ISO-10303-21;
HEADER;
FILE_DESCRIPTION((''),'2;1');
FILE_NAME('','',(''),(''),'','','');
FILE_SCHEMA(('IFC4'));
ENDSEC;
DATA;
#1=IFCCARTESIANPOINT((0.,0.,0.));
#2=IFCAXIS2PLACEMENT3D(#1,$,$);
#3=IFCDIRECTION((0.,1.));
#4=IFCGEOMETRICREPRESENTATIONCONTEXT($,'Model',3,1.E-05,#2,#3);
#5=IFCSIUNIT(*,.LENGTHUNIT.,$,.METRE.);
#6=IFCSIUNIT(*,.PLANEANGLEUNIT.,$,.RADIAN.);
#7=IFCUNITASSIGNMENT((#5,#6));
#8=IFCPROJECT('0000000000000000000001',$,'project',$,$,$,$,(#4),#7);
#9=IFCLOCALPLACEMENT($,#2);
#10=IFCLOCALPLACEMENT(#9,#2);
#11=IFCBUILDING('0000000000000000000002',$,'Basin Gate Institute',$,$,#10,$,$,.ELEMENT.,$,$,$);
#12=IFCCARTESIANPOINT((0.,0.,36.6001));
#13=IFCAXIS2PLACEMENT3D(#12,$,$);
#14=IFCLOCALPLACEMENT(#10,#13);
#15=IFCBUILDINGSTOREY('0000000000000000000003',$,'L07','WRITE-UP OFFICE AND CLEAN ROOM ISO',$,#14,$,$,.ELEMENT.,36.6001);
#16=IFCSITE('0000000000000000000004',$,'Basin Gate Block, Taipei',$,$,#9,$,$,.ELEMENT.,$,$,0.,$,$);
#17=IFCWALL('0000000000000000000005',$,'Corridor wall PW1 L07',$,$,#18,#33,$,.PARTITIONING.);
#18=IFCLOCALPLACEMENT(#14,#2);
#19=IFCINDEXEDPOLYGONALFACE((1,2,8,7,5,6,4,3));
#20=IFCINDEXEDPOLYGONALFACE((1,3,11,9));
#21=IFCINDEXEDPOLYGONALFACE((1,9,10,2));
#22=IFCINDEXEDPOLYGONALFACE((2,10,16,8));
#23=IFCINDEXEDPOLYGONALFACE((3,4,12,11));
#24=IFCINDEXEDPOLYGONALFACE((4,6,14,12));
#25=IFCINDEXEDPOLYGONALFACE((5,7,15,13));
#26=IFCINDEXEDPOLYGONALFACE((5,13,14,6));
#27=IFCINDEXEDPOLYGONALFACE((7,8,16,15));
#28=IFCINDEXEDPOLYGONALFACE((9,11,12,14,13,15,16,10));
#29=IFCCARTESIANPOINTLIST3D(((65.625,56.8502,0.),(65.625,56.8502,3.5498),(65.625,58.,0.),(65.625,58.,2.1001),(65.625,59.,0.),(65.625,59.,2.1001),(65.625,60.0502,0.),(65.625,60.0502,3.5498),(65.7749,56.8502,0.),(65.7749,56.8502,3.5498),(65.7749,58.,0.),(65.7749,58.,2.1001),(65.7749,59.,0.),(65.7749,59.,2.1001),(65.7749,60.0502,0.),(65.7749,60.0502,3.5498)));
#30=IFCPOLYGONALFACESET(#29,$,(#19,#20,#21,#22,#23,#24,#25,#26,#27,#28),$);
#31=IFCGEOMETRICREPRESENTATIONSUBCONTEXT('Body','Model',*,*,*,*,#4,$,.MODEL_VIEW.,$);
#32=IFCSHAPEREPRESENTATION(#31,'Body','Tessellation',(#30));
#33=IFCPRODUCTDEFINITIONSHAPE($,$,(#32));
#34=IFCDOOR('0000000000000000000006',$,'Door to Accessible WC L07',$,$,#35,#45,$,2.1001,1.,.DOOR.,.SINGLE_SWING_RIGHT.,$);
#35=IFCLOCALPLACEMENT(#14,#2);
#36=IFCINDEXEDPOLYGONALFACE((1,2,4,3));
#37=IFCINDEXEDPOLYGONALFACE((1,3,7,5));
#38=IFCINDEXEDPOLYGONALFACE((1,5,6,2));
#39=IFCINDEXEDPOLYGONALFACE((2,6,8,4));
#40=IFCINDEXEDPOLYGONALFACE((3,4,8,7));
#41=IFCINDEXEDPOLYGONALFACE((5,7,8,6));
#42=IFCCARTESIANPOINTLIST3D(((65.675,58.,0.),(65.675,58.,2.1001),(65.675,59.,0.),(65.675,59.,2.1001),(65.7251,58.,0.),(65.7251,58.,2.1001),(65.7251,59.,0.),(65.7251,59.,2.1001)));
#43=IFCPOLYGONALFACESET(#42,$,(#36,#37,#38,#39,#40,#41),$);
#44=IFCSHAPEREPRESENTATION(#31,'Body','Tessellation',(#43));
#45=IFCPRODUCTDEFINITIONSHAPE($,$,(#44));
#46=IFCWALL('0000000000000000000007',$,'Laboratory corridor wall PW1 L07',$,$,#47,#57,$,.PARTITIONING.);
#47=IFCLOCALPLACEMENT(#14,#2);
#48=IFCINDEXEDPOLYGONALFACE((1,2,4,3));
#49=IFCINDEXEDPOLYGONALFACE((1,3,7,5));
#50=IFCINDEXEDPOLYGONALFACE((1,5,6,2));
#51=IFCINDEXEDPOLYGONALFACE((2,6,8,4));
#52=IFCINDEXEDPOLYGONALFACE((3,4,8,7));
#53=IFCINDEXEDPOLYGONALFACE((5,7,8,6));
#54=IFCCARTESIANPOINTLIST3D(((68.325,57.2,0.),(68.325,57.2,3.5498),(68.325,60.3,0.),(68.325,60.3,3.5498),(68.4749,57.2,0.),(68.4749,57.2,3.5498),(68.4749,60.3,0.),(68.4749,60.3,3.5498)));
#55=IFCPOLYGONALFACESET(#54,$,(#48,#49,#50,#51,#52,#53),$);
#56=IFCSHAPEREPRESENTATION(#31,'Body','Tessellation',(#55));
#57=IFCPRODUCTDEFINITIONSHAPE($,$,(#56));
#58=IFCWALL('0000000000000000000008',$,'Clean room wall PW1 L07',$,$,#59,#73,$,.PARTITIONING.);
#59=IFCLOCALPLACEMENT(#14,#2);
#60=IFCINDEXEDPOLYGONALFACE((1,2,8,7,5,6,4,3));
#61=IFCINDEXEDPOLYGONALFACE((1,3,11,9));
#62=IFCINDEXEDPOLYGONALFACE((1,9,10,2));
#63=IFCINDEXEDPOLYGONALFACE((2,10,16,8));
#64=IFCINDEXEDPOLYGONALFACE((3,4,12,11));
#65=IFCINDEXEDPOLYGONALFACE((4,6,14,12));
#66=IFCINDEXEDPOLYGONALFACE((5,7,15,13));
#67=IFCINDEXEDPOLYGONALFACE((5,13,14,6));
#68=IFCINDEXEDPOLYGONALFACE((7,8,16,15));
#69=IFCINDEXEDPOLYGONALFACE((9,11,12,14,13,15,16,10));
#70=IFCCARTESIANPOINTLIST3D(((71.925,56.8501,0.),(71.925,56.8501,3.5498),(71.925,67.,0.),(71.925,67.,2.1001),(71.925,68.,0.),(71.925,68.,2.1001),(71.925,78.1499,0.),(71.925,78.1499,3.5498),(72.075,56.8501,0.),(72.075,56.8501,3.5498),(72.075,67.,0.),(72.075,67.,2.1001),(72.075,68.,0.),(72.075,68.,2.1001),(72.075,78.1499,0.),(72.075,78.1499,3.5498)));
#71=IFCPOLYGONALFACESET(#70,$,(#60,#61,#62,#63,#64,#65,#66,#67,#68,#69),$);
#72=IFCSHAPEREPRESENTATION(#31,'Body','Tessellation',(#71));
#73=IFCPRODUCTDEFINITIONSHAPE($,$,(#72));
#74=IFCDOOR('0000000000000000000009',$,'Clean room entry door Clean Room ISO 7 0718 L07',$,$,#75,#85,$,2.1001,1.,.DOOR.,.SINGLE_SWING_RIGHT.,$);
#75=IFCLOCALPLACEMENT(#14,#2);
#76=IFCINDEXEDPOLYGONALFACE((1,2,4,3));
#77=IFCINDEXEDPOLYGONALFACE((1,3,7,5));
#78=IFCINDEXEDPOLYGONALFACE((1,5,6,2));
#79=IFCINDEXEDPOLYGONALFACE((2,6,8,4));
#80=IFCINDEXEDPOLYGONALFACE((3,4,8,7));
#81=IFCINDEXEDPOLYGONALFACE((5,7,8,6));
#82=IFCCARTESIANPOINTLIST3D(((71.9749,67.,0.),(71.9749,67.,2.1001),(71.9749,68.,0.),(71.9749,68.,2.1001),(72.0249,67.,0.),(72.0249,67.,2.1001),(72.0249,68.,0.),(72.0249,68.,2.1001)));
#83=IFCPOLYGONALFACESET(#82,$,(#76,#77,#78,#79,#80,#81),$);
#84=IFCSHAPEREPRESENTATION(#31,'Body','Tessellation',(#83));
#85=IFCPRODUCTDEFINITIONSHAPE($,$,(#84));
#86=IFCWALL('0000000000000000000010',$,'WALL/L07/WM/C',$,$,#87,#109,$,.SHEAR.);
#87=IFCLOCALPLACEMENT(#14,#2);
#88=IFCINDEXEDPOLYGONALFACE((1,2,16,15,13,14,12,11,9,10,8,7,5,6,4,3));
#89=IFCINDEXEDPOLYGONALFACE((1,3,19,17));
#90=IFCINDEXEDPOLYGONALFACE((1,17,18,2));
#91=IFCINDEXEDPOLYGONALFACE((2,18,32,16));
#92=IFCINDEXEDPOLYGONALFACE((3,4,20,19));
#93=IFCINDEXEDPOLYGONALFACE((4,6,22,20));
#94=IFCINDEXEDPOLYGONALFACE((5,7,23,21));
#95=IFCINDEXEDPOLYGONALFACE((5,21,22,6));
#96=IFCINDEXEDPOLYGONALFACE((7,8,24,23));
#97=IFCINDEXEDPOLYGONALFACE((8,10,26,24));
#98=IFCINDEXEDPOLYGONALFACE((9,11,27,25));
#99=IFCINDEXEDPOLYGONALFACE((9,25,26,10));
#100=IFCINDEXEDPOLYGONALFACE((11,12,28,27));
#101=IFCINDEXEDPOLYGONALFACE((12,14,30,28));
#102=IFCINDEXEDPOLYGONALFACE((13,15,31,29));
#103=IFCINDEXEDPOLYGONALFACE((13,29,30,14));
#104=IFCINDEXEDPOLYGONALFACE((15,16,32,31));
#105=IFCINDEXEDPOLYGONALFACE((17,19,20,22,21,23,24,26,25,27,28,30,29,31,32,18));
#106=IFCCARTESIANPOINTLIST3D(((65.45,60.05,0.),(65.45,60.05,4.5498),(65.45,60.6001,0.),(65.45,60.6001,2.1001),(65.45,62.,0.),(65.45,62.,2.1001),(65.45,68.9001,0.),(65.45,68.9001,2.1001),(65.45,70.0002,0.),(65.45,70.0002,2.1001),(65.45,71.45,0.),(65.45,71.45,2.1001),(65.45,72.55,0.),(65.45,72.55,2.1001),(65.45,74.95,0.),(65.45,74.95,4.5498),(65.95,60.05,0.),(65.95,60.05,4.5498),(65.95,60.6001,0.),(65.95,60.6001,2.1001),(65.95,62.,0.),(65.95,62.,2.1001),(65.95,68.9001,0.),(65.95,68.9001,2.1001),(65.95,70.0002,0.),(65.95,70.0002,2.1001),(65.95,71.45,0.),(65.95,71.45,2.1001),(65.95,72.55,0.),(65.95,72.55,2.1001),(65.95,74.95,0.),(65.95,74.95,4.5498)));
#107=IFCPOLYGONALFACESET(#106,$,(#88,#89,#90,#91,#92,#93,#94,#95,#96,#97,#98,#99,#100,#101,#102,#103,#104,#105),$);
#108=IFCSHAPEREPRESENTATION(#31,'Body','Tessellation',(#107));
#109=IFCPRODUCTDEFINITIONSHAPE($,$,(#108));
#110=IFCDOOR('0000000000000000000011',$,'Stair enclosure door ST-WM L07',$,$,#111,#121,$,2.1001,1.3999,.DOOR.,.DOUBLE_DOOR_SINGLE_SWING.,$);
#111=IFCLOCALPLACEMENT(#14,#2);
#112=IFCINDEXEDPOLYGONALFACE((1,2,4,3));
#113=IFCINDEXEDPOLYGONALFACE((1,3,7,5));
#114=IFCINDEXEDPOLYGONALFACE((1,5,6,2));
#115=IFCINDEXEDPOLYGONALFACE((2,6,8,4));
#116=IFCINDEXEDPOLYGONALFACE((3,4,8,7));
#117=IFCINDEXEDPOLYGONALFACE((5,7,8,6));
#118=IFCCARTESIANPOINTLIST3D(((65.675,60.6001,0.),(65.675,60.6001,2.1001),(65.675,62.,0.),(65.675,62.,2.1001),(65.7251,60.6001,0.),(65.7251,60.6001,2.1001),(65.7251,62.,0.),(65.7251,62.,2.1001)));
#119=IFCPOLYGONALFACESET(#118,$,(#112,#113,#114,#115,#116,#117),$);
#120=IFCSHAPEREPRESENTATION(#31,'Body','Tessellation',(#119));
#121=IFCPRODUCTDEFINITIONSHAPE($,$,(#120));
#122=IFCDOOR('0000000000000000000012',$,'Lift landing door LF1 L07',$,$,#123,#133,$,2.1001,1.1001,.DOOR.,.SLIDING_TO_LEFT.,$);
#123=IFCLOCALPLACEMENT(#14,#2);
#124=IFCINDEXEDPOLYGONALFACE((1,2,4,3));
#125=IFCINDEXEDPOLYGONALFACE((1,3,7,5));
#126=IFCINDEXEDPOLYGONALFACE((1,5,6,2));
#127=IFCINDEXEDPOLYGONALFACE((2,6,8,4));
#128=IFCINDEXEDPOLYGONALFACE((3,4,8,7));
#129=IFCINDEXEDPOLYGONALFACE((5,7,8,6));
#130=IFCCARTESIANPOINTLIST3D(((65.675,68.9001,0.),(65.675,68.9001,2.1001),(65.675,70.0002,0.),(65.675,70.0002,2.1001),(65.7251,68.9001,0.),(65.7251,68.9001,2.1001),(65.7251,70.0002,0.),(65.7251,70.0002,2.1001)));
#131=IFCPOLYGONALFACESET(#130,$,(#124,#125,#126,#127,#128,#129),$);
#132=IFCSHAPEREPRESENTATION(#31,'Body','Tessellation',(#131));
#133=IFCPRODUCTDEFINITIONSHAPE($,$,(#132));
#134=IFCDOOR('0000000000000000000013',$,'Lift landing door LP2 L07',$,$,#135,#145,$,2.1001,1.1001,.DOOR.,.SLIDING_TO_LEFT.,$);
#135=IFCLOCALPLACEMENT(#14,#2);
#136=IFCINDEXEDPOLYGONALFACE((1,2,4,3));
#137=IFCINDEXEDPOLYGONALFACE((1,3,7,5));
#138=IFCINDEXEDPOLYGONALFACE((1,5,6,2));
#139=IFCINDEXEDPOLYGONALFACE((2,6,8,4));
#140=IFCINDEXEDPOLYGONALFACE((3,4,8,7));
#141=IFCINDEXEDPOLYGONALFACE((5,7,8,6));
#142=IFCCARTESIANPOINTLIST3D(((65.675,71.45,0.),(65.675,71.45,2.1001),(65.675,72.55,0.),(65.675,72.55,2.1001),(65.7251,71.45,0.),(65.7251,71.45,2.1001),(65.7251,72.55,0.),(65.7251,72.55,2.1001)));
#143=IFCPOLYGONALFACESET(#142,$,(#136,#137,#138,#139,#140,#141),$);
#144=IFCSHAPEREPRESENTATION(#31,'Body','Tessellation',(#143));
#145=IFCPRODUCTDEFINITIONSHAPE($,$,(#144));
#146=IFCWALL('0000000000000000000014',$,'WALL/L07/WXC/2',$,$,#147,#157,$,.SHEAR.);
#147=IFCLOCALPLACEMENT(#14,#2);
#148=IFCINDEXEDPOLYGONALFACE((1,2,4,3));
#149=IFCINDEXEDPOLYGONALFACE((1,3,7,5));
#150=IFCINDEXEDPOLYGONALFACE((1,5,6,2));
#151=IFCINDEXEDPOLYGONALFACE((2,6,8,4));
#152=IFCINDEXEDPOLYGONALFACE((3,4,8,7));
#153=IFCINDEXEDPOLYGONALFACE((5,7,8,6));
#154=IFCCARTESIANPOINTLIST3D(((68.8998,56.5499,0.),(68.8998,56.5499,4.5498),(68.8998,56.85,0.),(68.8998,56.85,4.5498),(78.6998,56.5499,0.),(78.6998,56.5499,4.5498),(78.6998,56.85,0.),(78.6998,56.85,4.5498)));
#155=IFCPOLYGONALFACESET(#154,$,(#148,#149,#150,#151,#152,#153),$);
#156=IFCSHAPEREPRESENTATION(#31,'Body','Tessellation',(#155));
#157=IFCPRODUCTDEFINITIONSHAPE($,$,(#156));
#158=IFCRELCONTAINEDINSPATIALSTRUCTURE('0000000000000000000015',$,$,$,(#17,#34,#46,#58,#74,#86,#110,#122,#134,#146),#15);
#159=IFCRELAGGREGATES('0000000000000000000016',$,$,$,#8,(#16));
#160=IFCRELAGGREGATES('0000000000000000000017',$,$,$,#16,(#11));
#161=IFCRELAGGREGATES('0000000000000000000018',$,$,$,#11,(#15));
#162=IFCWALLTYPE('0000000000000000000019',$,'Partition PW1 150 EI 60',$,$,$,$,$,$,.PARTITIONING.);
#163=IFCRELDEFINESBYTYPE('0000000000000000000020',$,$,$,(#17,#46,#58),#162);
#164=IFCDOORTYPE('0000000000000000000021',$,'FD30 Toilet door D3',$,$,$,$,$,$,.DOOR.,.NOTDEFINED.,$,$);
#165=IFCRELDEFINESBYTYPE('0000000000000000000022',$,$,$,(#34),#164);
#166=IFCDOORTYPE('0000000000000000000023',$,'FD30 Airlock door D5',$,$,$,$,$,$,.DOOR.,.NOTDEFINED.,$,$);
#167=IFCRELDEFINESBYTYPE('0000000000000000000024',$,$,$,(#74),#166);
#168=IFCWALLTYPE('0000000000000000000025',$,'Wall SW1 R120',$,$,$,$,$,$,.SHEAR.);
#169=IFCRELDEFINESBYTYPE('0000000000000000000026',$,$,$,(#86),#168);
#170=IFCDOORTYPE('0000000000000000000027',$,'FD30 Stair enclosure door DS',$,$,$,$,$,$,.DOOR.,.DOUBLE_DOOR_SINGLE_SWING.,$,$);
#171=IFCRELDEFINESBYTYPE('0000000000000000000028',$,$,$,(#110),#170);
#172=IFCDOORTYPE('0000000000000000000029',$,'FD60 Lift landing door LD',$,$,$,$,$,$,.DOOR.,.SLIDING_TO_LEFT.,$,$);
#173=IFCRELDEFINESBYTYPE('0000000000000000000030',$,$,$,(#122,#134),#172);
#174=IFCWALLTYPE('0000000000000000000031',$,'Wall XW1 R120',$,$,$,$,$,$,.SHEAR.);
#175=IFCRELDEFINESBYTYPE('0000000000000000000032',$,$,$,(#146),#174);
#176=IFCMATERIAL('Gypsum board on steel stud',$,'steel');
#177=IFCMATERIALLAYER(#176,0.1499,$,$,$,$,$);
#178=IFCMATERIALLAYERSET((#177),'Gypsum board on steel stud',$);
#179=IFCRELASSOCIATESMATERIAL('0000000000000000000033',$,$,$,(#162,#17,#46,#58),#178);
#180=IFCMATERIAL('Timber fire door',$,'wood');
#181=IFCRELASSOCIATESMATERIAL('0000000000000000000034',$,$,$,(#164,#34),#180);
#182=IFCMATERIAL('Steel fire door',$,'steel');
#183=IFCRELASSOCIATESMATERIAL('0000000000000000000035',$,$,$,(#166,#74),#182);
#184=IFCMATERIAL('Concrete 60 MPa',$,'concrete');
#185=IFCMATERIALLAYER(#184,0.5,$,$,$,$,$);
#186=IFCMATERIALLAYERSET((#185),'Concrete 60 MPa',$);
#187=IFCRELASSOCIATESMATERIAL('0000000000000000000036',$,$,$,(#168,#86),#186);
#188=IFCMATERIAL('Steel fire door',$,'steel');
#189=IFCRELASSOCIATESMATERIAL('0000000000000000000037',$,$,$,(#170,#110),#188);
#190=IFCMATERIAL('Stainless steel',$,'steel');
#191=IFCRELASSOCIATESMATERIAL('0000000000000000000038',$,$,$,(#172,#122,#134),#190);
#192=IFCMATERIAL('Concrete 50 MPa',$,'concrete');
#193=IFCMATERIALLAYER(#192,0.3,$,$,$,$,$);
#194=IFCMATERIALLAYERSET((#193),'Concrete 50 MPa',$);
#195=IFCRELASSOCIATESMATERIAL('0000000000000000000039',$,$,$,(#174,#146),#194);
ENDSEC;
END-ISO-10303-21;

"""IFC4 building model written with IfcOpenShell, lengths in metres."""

from ifc_helpers import new_model, si_unit, direction, frame, frame_2d, origin, place, context, subcontext, project, spatial, rectangle, extrude, material, layer, layer_set, type_object, element, fill, save


model = new_model("IFC4")

# Units and contexts
model_context = context("Model", 3, precision=1e-05, world=origin(), true_north=direction((0.0, 1.0)))
body_context = subcontext(model_context, "Body", "Model", "MODEL_VIEW")
ifc_project = project(units=[si_unit("LENGTHUNIT", "METRE"), si_unit("PLANEANGLEUNIT", "RADIAN")], contexts=[model_context])

# Site, building, storey
site_placement = place(None, origin())
site = spatial("IfcSite", under=ifc_project, at=site_placement, Name="Basin Gate Block, Taipei", CompositionType="ELEMENT", RefElevation=0.0)
building_placement = place(site_placement, origin())
building = spatial("IfcBuilding", under=site, at=building_placement, Name="Basin Gate Institute", CompositionType="ELEMENT")
storey_placement = place(building_placement, frame((0.0, 0.0, 36.6001)))
storey = spatial("IfcBuildingStorey", under=building, at=storey_placement, Name="L07", Description="WRITE-UP OFFICE AND CLEAN ROOM ISO", CompositionType="ELEMENT", Elevation=36.6001)

# Wall, opening, door
ifc_material_1 = material(Name="Gypsum board on steel stud", Category="steel")
ifc_layer_1 = layer(ifc_material_1, 0.1499)
ifc_layer_set_1 = layer_set([ifc_layer_1], Name="Gypsum board on steel stud")
wall_type_1 = type_object("IfcWallType", Name="Partition PW1 150 EI 60", PredefinedType="PARTITIONING", material=ifc_layer_set_1)
wall_1_placement = place(storey_placement, frame((65.7, 56.8501, 0.0), z_axis=(0.0, 0.0, 1.0), x_axis=(0.0, 1.0, 0.0)))
wall_1 = element("IfcWall", 1, at=wall_1_placement, inside=storey, type_object=wall_type_1, material=ifc_layer_set_1, Name="Corridor wall PW1 L07", PredefinedType="PARTITIONING", context=body_context, shape_type="SweptSolid", body=[
    extrude(rectangle(XDim=3.2, YDim=0.1499, at=frame_2d((1.6001, 0.0))), origin(), (0.0, 0.0, 1.0), 3.5498),
])
opening_1_placement = place(wall_1_placement, frame((1.1499, 0.0, 0.0)))
opening_1 = element("IfcOpeningElement", 2, at=opening_1_placement, cuts=wall_1, PredefinedType="OPENING", context=body_context, shape_type="SweptSolid", body=[
    extrude(rectangle(XDim=1.0, YDim=2.1001, at=frame_2d((0.5, 1.05))), frame((0.0, 0.085, 0.0), z_axis=(0.0, -1.0, 0.0), x_axis=(1.0, 0.0, 0.0)), (0.0, 0.0, 1.0), 0.1699),
])
ifc_material_2 = material(Name="Timber fire door", Category="wood")
door_type_1 = type_object("IfcDoorType", Name="FD30 Toilet door D3", OperationType="NOTDEFINED", PredefinedType="DOOR", material=ifc_material_2)
door_1_placement = place(opening_1_placement, origin())
door_1 = element("IfcDoor", 3, at=door_1_placement, inside=storey, type_object=door_type_1, material=ifc_material_2, Name="Door to Accessible WC L07", OperationType="SINGLE_SWING_RIGHT", OverallHeight=2.1001, OverallWidth=1.0, PredefinedType="DOOR", context=body_context, shape_type="SweptSolid", body=[
    extrude(rectangle(XDim=1.0, YDim=2.1001, at=frame_2d((0.5, 1.05))), frame((0.0, 0.0249, 0.0), z_axis=(0.0, -1.0, 0.0), x_axis=(1.0, 0.0, 0.0)), (0.0, 0.0, 1.0), 0.05),
])
fill(opening_1, door_1)

# Wall
wall_2_placement = place(storey_placement, frame((68.3999, 57.2, 0.0), z_axis=(0.0, 0.0, 1.0), x_axis=(0.0, 1.0, 0.0)))
element("IfcWall", 4, at=wall_2_placement, inside=storey, type_object=wall_type_1, material=ifc_layer_set_1, Name="Laboratory corridor wall PW1 L07", PredefinedType="PARTITIONING", context=body_context, shape_type="SweptSolid", body=[
    extrude(rectangle(XDim=3.1001, YDim=0.1499, at=frame_2d((1.55, 0.0))), origin(), (0.0, 0.0, 1.0), 3.5498),
])

# Wall, opening, door
wall_3_placement = place(storey_placement, frame((72.0, 56.8501, 0.0), z_axis=(0.0, 0.0, 1.0), x_axis=(0.0, 1.0, 0.0)))
wall_3 = element("IfcWall", 5, at=wall_3_placement, inside=storey, type_object=wall_type_1, material=ifc_layer_set_1, Name="Clean room wall PW1 L07", PredefinedType="PARTITIONING", context=body_context, shape_type="SweptSolid", body=[
    extrude(rectangle(XDim=21.2998, YDim=0.1499, at=frame_2d((10.6499, 0.0))), origin(), (0.0, 0.0, 1.0), 3.5498),
])
opening_2_placement = place(wall_3_placement, frame((10.1499, 0.0, 0.0)))
opening_2 = element("IfcOpeningElement", 6, at=opening_2_placement, cuts=wall_3, PredefinedType="OPENING", context=body_context, shape_type="SweptSolid", body=[
    extrude(rectangle(XDim=1.0, YDim=2.1001, at=frame_2d((0.5, 1.05))), frame((0.0, 0.085, 0.0), z_axis=(0.0, -1.0, 0.0), x_axis=(1.0, 0.0, 0.0)), (0.0, 0.0, 1.0), 0.1699),
])
ifc_material_3 = material(Name="Steel fire door", Category="steel")
door_type_2 = type_object("IfcDoorType", Name="FD30 Airlock door D5", OperationType="NOTDEFINED", PredefinedType="DOOR", material=ifc_material_3)
door_2_placement = place(opening_2_placement, frame((1.0, 0.0, 0.0), z_axis=(0.0, 0.0, 1.0), x_axis=(-1.0, 0.0, 0.0)))
door_2 = element("IfcDoor", 7, at=door_2_placement, inside=storey, type_object=door_type_2, material=ifc_material_3, Name="Clean room entry door Clean Room ISO 7 0718 L07", OperationType="SINGLE_SWING_RIGHT", OverallHeight=2.1001, OverallWidth=1.0, PredefinedType="DOOR", context=body_context, shape_type="SweptSolid", body=[
    extrude(rectangle(XDim=1.0, YDim=2.1001, at=frame_2d((0.5, 1.05))), frame((0.0, 0.0249, 0.0), z_axis=(0.0, -1.0, 0.0), x_axis=(1.0, 0.0, 0.0)), (0.0, 0.0, 1.0), 0.05),
])
fill(opening_2, door_2)

# Wall, openings, doors
ifc_material_4 = material(Name="Concrete 60 MPa", Category="concrete")
ifc_layer_2 = layer(ifc_material_4, 0.5)
ifc_layer_set_2 = layer_set([ifc_layer_2], Name="Concrete 60 MPa")
wall_type_2 = type_object("IfcWallType", Name="Wall SW1 R120", PredefinedType="SHEAR", material=ifc_layer_set_2)
wall_4_placement = place(storey_placement, frame((65.7, 60.05, 0.0), z_axis=(0.0, 0.0, 1.0), x_axis=(0.0, 1.0, 0.0)))
wall_4 = element("IfcWall", 8, at=wall_4_placement, inside=storey, type_object=wall_type_2, material=ifc_layer_set_2, Name="WALL/L07/WM/C", PredefinedType="SHEAR", context=body_context, shape_type="SweptSolid", body=[
    extrude(rectangle(XDim=14.8999, YDim=0.5, at=frame_2d((7.45, 0.0))), origin(), (0.0, 0.0, 1.0), 4.5498),
])
opening_3_placement = place(wall_4_placement, frame((0.55, 0.0, 0.0)))
opening_3 = element("IfcOpeningElement", 9, at=opening_3_placement, cuts=wall_4, PredefinedType="OPENING", context=body_context, shape_type="SweptSolid", body=[
    extrude(rectangle(XDim=1.3999, YDim=2.1001, at=frame_2d((0.7, 1.05))), frame((0.0, 0.26, 0.0), z_axis=(0.0, -1.0, 0.0), x_axis=(1.0, 0.0, 0.0)), (0.0, 0.0, 1.0), 0.52),
])
opening_4_placement = place(wall_4_placement, frame((8.8501, 0.0, 0.0)))
opening_4 = element("IfcOpeningElement", 10, at=opening_4_placement, cuts=wall_4, PredefinedType="OPENING", context=body_context, shape_type="SweptSolid", body=[
    extrude(rectangle(XDim=1.1001, YDim=2.1001, at=frame_2d((0.55, 1.05))), frame((0.0, 0.26, 0.0), z_axis=(0.0, -1.0, 0.0), x_axis=(1.0, 0.0, 0.0)), (0.0, 0.0, 1.0), 0.52),
])
opening_5_placement = place(wall_4_placement, frame((11.3999, 0.0, 0.0)))
opening_5 = element("IfcOpeningElement", 11, at=opening_5_placement, cuts=wall_4, PredefinedType="OPENING", context=body_context, shape_type="SweptSolid", body=[
    extrude(rectangle(XDim=1.1001, YDim=2.1001, at=frame_2d((0.55, 1.05))), frame((0.0, 0.26, 0.0), z_axis=(0.0, -1.0, 0.0), x_axis=(1.0, 0.0, 0.0)), (0.0, 0.0, 1.0), 0.52),
])
ifc_material_5 = material(Name="Steel fire door", Category="steel")
door_type_3 = type_object("IfcDoorType", Name="FD30 Stair enclosure door DS", OperationType="DOUBLE_DOOR_SINGLE_SWING", PredefinedType="DOOR", material=ifc_material_5)
door_3_placement = place(opening_3_placement, origin())
door_3 = element("IfcDoor", 12, at=door_3_placement, inside=storey, type_object=door_type_3, material=ifc_material_5, Name="Stair enclosure door ST-WM L07", OperationType="DOUBLE_DOOR_SINGLE_SWING", OverallHeight=2.1001, OverallWidth=1.3999, PredefinedType="DOOR", context=body_context, shape_type="SweptSolid", body=[
    extrude(rectangle(XDim=1.3999, YDim=2.1001, at=frame_2d((0.7, 1.05))), frame((0.0, 0.0249, 0.0), z_axis=(0.0, -1.0, 0.0), x_axis=(1.0, 0.0, 0.0)), (0.0, 0.0, 1.0), 0.05),
])
fill(opening_3, door_3)
ifc_material_6 = material(Name="Stainless steel", Category="steel")
door_type_4 = type_object("IfcDoorType", Name="FD60 Lift landing door LD", OperationType="SLIDING_TO_LEFT", PredefinedType="DOOR", material=ifc_material_6)
door_4_placement = place(opening_4_placement, origin())
door_4 = element("IfcDoor", 13, at=door_4_placement, inside=storey, type_object=door_type_4, material=ifc_material_6, Name="Lift landing door LF1 L07", OperationType="SLIDING_TO_LEFT", OverallHeight=2.1001, OverallWidth=1.1001, PredefinedType="DOOR", context=body_context, shape_type="SweptSolid", body=[
    extrude(rectangle(XDim=1.1001, YDim=2.1001, at=frame_2d((0.55, 1.05))), frame((0.0, 0.0249, 0.0), z_axis=(0.0, -1.0, 0.0), x_axis=(1.0, 0.0, 0.0)), (0.0, 0.0, 1.0), 0.05),
])
fill(opening_4, door_4)
door_5_placement = place(opening_5_placement, origin())
door_5 = element("IfcDoor", 14, at=door_5_placement, inside=storey, type_object=door_type_4, material=ifc_material_6, Name="Lift landing door LP2 L07", OperationType="SLIDING_TO_LEFT", OverallHeight=2.1001, OverallWidth=1.1001, PredefinedType="DOOR", context=body_context, shape_type="SweptSolid", body=[
    extrude(rectangle(XDim=1.1001, YDim=2.1001, at=frame_2d((0.55, 1.05))), frame((0.0, 0.0249, 0.0), z_axis=(0.0, -1.0, 0.0), x_axis=(1.0, 0.0, 0.0)), (0.0, 0.0, 1.0), 0.05),
])
fill(opening_5, door_5)

# Wall
ifc_material_7 = material(Name="Concrete 50 MPa", Category="concrete")
ifc_layer_3 = layer(ifc_material_7, 0.3)
ifc_layer_set_3 = layer_set([ifc_layer_3], Name="Concrete 50 MPa")
wall_type_3 = type_object("IfcWallType", Name="Wall XW1 R120", PredefinedType="SHEAR", material=ifc_layer_set_3)
wall_5_placement = place(storey_placement, frame((68.8999, 56.7, 0.0), z_axis=(0.0, 0.0, 1.0), x_axis=(1.0, 0.0, 0.0)))
element("IfcWall", 15, at=wall_5_placement, inside=storey, type_object=wall_type_3, material=ifc_layer_set_3, Name="WALL/L07/WXC/2", PredefinedType="SHEAR", context=body_context, shape_type="SweptSolid", body=[
    extrude(rectangle(XDim=9.8, YDim=0.3, at=frame_2d((4.8999, 0.0))), origin(), (0.0, 0.0, 1.0), 4.5498),
])

save(model, "model.ifc")
